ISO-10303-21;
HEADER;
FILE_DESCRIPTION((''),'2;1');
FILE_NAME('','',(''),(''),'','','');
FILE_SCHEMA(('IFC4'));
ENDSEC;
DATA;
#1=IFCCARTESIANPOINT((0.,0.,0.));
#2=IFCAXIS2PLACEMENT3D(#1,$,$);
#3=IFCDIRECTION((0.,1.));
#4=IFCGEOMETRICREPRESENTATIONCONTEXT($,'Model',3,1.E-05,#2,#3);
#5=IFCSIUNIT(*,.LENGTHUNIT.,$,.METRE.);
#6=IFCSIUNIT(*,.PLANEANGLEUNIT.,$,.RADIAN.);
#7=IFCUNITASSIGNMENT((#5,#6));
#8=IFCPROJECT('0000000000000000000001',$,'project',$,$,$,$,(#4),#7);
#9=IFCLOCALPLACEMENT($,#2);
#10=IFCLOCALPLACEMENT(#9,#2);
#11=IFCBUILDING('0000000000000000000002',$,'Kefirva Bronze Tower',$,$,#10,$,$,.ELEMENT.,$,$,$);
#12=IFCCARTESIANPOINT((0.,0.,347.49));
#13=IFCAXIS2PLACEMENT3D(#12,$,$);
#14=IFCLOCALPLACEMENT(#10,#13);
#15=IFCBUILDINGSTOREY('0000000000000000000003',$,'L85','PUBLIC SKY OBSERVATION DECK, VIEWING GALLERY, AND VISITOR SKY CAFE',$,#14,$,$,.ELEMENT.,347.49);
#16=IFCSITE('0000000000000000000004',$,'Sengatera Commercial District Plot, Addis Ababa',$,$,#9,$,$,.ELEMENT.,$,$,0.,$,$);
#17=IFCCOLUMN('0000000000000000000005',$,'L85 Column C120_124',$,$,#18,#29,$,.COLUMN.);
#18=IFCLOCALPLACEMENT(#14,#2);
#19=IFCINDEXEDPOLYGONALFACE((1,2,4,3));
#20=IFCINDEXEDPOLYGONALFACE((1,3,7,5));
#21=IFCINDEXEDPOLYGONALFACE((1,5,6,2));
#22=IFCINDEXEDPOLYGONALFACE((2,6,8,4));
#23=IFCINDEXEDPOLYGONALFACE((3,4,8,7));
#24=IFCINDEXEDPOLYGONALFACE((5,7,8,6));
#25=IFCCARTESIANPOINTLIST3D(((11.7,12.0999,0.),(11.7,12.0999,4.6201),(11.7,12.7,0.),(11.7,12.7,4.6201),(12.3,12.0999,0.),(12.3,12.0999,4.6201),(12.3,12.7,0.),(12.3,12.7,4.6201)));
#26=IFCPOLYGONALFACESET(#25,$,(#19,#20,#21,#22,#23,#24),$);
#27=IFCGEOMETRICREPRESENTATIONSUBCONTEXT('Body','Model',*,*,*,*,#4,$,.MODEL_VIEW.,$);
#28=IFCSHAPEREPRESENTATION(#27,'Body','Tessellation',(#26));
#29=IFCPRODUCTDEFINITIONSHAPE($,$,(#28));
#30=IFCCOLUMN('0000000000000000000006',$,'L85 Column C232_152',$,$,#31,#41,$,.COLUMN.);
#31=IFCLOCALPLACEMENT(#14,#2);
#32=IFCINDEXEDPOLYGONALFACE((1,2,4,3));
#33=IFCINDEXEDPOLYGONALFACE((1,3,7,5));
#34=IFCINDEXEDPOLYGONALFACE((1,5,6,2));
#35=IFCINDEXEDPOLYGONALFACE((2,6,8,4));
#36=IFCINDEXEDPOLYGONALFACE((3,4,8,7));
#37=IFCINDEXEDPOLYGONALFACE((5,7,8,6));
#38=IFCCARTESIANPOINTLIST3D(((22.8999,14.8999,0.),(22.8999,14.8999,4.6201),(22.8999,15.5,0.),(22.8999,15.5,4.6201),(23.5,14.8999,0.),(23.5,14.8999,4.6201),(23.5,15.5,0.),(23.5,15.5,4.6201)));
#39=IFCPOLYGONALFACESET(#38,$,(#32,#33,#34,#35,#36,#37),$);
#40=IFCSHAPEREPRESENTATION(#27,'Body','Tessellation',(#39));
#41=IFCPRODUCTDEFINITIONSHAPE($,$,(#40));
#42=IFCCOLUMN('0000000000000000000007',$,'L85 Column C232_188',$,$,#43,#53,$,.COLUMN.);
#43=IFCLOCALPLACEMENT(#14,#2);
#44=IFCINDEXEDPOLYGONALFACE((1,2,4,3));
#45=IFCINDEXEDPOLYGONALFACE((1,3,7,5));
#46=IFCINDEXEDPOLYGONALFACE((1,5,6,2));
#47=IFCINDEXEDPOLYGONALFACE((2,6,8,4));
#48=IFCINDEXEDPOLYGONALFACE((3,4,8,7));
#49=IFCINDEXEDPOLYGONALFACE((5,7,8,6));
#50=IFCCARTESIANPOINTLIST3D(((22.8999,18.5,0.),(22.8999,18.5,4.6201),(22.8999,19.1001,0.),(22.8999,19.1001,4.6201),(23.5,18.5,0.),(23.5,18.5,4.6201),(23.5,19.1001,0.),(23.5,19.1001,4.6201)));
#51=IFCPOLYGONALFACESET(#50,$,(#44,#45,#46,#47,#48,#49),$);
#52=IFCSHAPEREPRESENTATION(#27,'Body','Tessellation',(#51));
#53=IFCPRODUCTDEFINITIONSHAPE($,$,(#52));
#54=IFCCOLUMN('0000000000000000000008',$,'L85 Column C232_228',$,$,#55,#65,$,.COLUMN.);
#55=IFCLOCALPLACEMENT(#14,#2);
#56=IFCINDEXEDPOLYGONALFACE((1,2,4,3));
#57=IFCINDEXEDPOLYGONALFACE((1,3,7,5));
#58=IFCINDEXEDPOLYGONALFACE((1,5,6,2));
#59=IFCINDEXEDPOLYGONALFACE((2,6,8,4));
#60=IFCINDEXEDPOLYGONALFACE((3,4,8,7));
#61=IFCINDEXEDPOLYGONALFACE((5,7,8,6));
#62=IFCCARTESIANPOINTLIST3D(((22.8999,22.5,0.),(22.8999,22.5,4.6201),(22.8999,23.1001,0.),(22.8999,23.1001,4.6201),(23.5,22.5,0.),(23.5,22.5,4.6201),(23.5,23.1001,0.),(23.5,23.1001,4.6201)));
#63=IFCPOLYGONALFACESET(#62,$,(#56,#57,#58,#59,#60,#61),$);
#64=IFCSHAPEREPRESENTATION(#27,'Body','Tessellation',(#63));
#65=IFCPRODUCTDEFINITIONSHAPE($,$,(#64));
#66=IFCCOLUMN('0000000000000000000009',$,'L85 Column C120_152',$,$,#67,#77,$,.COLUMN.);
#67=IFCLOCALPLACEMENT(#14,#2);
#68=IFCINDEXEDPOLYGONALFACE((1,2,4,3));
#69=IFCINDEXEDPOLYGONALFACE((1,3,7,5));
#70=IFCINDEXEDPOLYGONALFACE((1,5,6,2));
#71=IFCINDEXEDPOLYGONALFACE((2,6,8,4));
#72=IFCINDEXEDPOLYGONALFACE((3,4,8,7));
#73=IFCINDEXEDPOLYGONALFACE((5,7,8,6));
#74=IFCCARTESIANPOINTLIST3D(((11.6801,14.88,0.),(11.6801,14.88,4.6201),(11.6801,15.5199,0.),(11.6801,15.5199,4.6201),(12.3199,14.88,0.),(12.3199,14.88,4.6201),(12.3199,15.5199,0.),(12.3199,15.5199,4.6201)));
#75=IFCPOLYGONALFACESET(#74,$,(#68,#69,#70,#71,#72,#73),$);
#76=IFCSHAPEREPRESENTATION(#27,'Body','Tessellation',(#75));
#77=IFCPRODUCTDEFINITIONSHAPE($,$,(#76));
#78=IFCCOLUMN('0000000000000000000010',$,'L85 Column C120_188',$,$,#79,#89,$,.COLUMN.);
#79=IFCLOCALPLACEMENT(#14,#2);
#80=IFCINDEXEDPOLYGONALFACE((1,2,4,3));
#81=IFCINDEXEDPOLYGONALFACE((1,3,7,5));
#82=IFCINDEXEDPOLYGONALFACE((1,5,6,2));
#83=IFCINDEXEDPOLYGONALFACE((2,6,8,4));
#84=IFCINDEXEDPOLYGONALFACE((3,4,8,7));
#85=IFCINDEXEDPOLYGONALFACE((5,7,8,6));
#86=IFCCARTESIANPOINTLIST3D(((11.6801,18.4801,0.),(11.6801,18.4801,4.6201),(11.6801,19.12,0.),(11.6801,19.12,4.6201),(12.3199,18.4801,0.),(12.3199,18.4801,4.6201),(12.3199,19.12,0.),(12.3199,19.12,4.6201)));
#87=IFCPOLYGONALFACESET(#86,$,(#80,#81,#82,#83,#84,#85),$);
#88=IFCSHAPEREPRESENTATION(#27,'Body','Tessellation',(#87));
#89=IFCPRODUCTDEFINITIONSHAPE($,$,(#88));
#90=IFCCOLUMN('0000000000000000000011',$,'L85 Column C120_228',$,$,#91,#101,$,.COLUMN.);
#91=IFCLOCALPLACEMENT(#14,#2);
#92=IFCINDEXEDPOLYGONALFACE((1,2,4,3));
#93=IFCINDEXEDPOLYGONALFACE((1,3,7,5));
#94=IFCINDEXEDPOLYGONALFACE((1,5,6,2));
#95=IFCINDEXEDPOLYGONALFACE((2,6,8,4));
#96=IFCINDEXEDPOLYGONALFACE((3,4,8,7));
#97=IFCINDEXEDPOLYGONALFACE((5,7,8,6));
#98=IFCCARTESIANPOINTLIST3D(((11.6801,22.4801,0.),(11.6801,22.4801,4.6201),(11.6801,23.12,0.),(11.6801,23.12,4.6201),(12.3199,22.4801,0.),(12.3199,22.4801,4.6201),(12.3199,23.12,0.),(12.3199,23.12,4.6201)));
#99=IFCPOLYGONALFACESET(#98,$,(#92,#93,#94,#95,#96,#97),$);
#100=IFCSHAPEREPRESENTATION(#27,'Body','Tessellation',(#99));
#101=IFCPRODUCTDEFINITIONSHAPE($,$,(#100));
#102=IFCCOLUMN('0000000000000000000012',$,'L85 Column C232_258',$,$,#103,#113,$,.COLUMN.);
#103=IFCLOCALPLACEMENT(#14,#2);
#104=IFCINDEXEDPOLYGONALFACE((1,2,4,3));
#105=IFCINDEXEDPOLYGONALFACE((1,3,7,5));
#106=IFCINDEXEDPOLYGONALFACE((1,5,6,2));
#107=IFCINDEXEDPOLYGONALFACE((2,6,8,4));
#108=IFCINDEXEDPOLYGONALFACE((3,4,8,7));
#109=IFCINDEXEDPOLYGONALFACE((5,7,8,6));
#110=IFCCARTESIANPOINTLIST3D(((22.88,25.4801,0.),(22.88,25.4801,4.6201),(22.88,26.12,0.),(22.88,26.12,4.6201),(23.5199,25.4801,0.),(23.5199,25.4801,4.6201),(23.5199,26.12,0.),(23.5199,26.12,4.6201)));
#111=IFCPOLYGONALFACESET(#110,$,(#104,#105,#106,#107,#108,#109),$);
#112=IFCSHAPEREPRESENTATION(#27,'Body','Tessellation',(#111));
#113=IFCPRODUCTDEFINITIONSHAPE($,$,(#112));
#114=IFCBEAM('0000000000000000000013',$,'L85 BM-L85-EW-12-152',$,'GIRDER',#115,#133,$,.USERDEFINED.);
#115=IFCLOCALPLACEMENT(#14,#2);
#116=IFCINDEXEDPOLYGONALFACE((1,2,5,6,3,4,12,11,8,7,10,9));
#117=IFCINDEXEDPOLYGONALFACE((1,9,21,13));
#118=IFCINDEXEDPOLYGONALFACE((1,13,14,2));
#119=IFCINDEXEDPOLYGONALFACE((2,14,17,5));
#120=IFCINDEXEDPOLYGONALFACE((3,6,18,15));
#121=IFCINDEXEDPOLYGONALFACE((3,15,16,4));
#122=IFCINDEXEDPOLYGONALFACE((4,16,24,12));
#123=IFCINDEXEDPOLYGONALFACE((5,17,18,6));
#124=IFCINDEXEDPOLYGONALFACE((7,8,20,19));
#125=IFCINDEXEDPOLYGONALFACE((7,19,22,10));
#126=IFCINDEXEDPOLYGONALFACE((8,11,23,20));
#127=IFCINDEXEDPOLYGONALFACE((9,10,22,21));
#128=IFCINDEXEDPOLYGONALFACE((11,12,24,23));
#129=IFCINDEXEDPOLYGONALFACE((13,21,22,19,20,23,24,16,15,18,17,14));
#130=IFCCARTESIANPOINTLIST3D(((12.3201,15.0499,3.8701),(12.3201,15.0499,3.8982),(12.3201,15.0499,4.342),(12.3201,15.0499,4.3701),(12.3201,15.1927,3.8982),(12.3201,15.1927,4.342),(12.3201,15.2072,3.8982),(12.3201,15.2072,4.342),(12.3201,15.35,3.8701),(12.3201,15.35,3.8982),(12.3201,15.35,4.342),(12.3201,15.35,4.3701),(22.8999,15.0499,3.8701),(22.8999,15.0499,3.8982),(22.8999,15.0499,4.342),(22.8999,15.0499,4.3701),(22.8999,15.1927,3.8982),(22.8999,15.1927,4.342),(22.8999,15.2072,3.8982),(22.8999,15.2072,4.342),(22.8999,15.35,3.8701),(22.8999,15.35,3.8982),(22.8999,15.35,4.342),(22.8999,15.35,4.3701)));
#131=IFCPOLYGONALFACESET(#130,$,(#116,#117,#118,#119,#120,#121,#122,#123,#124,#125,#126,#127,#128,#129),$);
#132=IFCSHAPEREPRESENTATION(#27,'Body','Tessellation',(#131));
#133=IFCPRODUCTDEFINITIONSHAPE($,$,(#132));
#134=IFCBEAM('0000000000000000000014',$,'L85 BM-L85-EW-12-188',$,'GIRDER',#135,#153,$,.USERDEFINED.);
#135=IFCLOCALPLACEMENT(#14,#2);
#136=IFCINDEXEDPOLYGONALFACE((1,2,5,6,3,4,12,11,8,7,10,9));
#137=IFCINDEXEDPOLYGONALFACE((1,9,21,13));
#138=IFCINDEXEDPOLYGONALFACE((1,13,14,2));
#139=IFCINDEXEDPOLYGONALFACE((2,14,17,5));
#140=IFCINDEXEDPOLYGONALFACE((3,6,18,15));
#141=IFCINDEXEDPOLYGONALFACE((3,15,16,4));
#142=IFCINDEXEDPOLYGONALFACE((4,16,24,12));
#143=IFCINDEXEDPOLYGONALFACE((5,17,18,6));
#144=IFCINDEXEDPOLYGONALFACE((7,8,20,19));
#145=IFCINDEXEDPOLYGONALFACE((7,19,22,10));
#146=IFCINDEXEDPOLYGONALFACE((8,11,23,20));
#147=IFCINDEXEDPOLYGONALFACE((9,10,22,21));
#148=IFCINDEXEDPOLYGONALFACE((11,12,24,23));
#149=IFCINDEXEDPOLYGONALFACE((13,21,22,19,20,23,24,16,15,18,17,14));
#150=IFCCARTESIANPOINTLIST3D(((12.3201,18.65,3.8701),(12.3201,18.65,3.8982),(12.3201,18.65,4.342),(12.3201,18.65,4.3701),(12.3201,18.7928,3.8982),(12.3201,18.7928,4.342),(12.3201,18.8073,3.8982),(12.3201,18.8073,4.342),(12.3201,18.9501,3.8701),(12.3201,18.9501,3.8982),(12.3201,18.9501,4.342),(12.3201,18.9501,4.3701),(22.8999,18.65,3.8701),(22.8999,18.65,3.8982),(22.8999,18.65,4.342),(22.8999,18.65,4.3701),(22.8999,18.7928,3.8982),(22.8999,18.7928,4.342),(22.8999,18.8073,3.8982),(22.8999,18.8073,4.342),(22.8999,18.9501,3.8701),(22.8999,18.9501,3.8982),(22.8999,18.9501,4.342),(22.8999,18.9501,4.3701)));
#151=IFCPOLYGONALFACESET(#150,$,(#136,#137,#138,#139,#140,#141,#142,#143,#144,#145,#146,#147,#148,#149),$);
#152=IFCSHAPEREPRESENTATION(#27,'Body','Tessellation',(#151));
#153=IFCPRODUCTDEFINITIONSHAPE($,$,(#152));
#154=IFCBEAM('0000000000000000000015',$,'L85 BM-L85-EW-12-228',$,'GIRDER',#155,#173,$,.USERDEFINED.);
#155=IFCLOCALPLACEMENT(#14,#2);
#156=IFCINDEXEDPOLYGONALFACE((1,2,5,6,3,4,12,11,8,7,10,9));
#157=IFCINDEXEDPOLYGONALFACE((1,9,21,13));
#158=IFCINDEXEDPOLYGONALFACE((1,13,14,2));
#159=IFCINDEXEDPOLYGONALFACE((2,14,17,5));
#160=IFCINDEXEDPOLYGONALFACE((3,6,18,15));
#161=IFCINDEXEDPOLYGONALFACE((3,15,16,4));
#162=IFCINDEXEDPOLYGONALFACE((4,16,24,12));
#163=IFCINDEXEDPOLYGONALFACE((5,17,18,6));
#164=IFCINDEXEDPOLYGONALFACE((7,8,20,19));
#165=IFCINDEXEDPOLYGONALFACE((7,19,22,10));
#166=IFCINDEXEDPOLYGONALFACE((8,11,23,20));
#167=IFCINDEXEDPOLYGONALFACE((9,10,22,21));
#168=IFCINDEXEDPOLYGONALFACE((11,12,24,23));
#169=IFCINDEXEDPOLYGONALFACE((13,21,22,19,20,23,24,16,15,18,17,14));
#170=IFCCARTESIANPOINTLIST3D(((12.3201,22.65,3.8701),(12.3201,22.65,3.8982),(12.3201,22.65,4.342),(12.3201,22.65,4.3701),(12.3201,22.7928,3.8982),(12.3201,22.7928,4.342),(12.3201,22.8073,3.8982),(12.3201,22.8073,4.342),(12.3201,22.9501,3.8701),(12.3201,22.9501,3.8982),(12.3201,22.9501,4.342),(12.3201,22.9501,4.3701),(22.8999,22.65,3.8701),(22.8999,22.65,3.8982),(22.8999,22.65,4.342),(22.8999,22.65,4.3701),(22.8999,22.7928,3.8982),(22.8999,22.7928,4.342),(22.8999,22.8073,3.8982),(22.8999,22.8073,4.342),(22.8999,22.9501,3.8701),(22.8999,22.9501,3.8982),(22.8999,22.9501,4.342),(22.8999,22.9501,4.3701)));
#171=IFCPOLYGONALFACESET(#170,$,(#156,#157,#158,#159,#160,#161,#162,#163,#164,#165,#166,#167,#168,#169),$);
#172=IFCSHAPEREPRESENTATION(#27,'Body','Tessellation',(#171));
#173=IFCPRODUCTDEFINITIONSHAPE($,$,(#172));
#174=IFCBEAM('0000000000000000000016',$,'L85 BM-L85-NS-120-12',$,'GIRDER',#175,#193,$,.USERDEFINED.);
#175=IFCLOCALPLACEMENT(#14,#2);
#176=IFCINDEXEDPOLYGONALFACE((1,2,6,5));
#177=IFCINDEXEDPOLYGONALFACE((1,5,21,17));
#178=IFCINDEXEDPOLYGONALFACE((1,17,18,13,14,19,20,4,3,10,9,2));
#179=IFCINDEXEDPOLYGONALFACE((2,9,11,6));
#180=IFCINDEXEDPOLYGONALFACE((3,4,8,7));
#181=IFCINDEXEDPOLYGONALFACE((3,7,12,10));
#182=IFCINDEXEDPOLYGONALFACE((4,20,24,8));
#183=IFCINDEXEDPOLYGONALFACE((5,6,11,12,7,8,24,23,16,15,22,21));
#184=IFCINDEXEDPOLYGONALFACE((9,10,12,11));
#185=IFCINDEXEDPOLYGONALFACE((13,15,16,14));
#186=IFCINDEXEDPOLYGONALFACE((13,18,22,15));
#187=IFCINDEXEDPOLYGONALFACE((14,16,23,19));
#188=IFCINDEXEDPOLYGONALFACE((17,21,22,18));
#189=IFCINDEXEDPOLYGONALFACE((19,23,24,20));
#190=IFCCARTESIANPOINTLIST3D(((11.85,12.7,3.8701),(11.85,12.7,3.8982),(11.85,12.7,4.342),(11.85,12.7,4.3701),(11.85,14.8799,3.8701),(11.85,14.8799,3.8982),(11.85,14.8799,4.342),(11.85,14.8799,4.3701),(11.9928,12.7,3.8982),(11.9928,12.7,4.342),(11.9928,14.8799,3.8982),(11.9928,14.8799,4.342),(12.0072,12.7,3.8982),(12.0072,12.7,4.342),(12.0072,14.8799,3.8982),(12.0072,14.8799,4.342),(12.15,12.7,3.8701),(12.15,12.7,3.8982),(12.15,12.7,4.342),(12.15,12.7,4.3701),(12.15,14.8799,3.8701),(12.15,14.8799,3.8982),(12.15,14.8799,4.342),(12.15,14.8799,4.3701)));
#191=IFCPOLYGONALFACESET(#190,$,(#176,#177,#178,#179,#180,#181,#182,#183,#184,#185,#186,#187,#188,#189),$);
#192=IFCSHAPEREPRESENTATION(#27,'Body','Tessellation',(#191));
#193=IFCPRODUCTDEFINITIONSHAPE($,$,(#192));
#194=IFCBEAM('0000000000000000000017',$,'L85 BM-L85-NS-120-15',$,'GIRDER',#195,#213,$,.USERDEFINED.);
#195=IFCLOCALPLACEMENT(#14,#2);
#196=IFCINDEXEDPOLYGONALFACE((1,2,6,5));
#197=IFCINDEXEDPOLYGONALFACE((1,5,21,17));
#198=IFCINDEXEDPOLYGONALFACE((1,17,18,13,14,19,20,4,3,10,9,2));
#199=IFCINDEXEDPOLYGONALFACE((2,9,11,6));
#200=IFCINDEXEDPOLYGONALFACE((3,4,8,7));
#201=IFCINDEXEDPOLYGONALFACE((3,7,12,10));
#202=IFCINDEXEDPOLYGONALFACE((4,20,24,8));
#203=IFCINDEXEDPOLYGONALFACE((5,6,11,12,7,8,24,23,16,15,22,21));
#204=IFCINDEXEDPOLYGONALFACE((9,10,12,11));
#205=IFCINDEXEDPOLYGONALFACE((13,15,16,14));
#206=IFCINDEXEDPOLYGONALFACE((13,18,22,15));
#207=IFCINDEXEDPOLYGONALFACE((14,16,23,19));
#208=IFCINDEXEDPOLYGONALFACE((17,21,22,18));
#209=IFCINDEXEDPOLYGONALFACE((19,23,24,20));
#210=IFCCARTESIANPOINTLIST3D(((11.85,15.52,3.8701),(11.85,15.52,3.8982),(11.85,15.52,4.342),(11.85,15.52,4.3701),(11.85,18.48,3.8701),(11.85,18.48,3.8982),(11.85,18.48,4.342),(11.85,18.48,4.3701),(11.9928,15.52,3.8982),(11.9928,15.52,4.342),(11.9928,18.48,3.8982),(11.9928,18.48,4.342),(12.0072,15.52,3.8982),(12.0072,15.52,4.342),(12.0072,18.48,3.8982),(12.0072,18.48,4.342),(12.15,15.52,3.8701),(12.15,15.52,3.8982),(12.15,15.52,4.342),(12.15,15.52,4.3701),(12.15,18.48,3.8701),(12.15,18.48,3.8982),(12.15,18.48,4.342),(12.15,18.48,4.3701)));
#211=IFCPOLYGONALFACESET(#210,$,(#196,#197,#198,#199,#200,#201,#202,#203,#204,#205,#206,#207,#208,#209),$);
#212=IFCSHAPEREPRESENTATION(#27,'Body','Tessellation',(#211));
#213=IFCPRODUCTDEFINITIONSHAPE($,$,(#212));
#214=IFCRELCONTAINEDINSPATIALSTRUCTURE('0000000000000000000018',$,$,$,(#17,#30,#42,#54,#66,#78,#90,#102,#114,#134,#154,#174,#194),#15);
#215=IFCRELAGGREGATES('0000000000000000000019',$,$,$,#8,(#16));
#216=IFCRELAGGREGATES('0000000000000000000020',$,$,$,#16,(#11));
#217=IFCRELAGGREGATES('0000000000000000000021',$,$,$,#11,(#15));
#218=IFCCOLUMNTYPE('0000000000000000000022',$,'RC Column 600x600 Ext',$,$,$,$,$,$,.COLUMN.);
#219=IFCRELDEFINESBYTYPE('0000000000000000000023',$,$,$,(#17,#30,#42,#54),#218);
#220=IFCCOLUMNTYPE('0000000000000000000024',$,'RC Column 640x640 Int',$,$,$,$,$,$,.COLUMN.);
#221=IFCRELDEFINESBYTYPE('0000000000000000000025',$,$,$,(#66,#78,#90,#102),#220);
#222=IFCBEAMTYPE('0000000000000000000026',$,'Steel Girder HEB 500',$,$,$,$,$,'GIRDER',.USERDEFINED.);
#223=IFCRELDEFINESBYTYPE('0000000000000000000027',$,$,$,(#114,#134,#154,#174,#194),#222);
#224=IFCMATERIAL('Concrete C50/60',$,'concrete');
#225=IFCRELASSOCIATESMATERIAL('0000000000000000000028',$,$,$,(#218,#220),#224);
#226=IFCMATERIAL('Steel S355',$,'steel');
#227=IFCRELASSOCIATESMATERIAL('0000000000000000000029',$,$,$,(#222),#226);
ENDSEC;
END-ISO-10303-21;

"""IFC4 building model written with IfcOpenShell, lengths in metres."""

from ifc_helpers import new_model, si_unit, direction, frame, origin, origin_2d, place, context, subcontext, project, spatial, rectangle, i_section, extrude, material, material_profile, profile_set, type_object, element, save


model = new_model("IFC4")

# Units and contexts
model_context = context("Model", 3, precision=1e-05, world=origin(), true_north=direction((0.0, 1.0)))
body_context = subcontext(model_context, "Body", "Model", "MODEL_VIEW")
ifc_project = project(units=[si_unit("LENGTHUNIT", "METRE"), si_unit("PLANEANGLEUNIT", "RADIAN")], contexts=[model_context])

# Site, building, storey
site_placement = place(None, origin())
site = spatial("IfcSite", under=ifc_project, at=site_placement, Name="Sengatera Commercial District Plot, Addis Ababa", CompositionType="ELEMENT", RefElevation=0.0)
building_placement = place(site_placement, origin())
building = spatial("IfcBuilding", under=site, at=building_placement, Name="Kefirva Bronze Tower", CompositionType="ELEMENT")
storey_placement = place(building_placement, frame((0.0, 0.0, 347.49)))
storey = spatial("IfcBuildingStorey", under=building, at=storey_placement, Name="L85", Description="PUBLIC SKY OBSERVATION DECK, VIEWING GALLERY, AND VISITOR SKY CAFE", CompositionType="ELEMENT", Elevation=347.49)

# Columns
ifc_material_1 = material(Name="Concrete C50/60", Category="concrete")
ifc_material_profile_1 = material_profile(ifc_material_1, rectangle(XDim=0.6001, YDim=0.6001, at=origin_2d()), Name="RC 600x600")
ifc_profile_set_1 = profile_set([ifc_material_profile_1], Name="Concrete C50/60")
column_type_1 = type_object("IfcColumnType", Name="RC Column 600x600 Ext", PredefinedType="COLUMN", material=ifc_profile_set_1)
for number, where, z_axis, x_axis, name in (
    (1, (12.0, 12.3999, 0.0), (0.0, 0.0, 1.0), (1.0, 0.0, 0.0), "L85 Column C120_124"),
    (2, (23.2, 15.2, 0.0), (0.0, 0.0, 1.0), (1.0, 0.0, 0.0), "L85 Column C232_152"),
    (3, (23.2, 18.8, 0.0), (0.0, 0.0, 1.0), (1.0, 0.0, 0.0), "L85 Column C232_188"),
    (4, (23.2, 22.8, 0.0), (0.0, 0.0, 1.0), (1.0, 0.0, 0.0), "L85 Column C232_228"),
):
    element("IfcColumn", number, at=place(storey_placement, frame(where, z_axis=z_axis, x_axis=x_axis)), inside=storey, type_object=column_type_1, Name=name, PredefinedType="COLUMN", context=body_context, shape_type="SweptSolid", body=[
        extrude(rectangle(XDim=0.6001, YDim=0.6001, at=origin_2d()), origin(), (0.0, 0.0, 1.0), 4.6201),
    ])
ifc_material_profile_2 = material_profile(ifc_material_1, rectangle(XDim=0.6399, YDim=0.6399, at=origin_2d()), Name="RC 640x640")
ifc_profile_set_2 = profile_set([ifc_material_profile_2], Name="Concrete C50/60")
column_type_2 = type_object("IfcColumnType", Name="RC Column 640x640 Int", PredefinedType="COLUMN", material=ifc_profile_set_2)
for number, where, z_axis, x_axis, name in (
    (5, (12.0, 15.2, 0.0), (0.0, 0.0, 1.0), (1.0, 0.0, 0.0), "L85 Column C120_152"),
    (6, (12.0, 18.8, 0.0), (0.0, 0.0, 1.0), (1.0, 0.0, 0.0), "L85 Column C120_188"),
    (7, (12.0, 22.8, 0.0), (0.0, 0.0, 1.0), (1.0, 0.0, 0.0), "L85 Column C120_228"),
    (8, (23.2, 25.8, 0.0), (0.0, 0.0, 1.0), (1.0, 0.0, 0.0), "L85 Column C232_258"),
):
    element("IfcColumn", number, at=place(storey_placement, frame(where, z_axis=z_axis, x_axis=x_axis)), inside=storey, type_object=column_type_2, Name=name, PredefinedType="COLUMN", context=body_context, shape_type="SweptSolid", body=[
        extrude(rectangle(XDim=0.6399, YDim=0.6399, at=origin_2d()), origin(), (0.0, 0.0, 1.0), 4.6201),
    ])

# Beams
ifc_material_2 = material(Name="Steel S355", Category="steel")
ifc_material_profile_3 = material_profile(ifc_material_2, i_section(OverallWidth=0.3, OverallDepth=0.5, WebThickness=0.0144, FlangeThickness=0.0281, at=origin_2d()), Name="HEB 500")
ifc_profile_set_3 = profile_set([ifc_material_profile_3], Name="Steel S355")
beam_type_1 = type_object("IfcBeamType", Name="Steel Girder HEB 500", ElementType="GIRDER", PredefinedType="USERDEFINED", material=ifc_profile_set_3)
for number, where, z_axis, x_axis, name in (
    (9, (12.3201, 15.2, 4.1201), (1.0, 0.0, 0.0), (0.0, 1.0, 0.0), "L85 BM-L85-EW-12-152"),
    (10, (12.3201, 18.8, 4.1201), (1.0, 0.0, 0.0), (0.0, 1.0, 0.0), "L85 BM-L85-EW-12-188"),
    (11, (12.3201, 22.8, 4.1201), (1.0, 0.0, 0.0), (0.0, 1.0, 0.0), "L85 BM-L85-EW-12-228"),
):
    element("IfcBeam", number, at=place(storey_placement, frame(where, z_axis=z_axis, x_axis=x_axis)), inside=storey, type_object=beam_type_1, Name=name, ObjectType="GIRDER", PredefinedType="USERDEFINED", context=body_context, shape_type="SweptSolid", body=[
        extrude(i_section(OverallWidth=0.3, OverallDepth=0.5, WebThickness=0.0144, FlangeThickness=0.0281, at=origin_2d()), origin(), (0.0, 0.0, 1.0), 10.5798),
    ])
beam_1_placement = place(storey_placement, frame((12.0, 12.7, 4.1201), z_axis=(0.0, 1.0, 0.0), x_axis=(-1.0, 0.0, 0.0)))
element("IfcBeam", 12, at=beam_1_placement, inside=storey, type_object=beam_type_1, Name="L85 BM-L85-NS-120-12", ObjectType="GIRDER", PredefinedType="USERDEFINED", context=body_context, shape_type="SweptSolid", body=[
    extrude(i_section(OverallWidth=0.3, OverallDepth=0.5, WebThickness=0.0144, FlangeThickness=0.0281, at=origin_2d()), origin(), (0.0, 0.0, 1.0), 2.1799),
])
beam_2_placement = place(storey_placement, frame((12.0, 15.52, 4.1201), z_axis=(0.0, 1.0, 0.0), x_axis=(-1.0, 0.0, 0.0)))
element("IfcBeam", 13, at=beam_2_placement, inside=storey, type_object=beam_type_1, Name="L85 BM-L85-NS-120-15", ObjectType="GIRDER", PredefinedType="USERDEFINED", context=body_context, shape_type="SweptSolid", body=[
    extrude(i_section(OverallWidth=0.3, OverallDepth=0.5, WebThickness=0.0144, FlangeThickness=0.0281, at=origin_2d()), origin(), (0.0, 0.0, 1.0), 2.96),
])

save(model, "model.ifc")
